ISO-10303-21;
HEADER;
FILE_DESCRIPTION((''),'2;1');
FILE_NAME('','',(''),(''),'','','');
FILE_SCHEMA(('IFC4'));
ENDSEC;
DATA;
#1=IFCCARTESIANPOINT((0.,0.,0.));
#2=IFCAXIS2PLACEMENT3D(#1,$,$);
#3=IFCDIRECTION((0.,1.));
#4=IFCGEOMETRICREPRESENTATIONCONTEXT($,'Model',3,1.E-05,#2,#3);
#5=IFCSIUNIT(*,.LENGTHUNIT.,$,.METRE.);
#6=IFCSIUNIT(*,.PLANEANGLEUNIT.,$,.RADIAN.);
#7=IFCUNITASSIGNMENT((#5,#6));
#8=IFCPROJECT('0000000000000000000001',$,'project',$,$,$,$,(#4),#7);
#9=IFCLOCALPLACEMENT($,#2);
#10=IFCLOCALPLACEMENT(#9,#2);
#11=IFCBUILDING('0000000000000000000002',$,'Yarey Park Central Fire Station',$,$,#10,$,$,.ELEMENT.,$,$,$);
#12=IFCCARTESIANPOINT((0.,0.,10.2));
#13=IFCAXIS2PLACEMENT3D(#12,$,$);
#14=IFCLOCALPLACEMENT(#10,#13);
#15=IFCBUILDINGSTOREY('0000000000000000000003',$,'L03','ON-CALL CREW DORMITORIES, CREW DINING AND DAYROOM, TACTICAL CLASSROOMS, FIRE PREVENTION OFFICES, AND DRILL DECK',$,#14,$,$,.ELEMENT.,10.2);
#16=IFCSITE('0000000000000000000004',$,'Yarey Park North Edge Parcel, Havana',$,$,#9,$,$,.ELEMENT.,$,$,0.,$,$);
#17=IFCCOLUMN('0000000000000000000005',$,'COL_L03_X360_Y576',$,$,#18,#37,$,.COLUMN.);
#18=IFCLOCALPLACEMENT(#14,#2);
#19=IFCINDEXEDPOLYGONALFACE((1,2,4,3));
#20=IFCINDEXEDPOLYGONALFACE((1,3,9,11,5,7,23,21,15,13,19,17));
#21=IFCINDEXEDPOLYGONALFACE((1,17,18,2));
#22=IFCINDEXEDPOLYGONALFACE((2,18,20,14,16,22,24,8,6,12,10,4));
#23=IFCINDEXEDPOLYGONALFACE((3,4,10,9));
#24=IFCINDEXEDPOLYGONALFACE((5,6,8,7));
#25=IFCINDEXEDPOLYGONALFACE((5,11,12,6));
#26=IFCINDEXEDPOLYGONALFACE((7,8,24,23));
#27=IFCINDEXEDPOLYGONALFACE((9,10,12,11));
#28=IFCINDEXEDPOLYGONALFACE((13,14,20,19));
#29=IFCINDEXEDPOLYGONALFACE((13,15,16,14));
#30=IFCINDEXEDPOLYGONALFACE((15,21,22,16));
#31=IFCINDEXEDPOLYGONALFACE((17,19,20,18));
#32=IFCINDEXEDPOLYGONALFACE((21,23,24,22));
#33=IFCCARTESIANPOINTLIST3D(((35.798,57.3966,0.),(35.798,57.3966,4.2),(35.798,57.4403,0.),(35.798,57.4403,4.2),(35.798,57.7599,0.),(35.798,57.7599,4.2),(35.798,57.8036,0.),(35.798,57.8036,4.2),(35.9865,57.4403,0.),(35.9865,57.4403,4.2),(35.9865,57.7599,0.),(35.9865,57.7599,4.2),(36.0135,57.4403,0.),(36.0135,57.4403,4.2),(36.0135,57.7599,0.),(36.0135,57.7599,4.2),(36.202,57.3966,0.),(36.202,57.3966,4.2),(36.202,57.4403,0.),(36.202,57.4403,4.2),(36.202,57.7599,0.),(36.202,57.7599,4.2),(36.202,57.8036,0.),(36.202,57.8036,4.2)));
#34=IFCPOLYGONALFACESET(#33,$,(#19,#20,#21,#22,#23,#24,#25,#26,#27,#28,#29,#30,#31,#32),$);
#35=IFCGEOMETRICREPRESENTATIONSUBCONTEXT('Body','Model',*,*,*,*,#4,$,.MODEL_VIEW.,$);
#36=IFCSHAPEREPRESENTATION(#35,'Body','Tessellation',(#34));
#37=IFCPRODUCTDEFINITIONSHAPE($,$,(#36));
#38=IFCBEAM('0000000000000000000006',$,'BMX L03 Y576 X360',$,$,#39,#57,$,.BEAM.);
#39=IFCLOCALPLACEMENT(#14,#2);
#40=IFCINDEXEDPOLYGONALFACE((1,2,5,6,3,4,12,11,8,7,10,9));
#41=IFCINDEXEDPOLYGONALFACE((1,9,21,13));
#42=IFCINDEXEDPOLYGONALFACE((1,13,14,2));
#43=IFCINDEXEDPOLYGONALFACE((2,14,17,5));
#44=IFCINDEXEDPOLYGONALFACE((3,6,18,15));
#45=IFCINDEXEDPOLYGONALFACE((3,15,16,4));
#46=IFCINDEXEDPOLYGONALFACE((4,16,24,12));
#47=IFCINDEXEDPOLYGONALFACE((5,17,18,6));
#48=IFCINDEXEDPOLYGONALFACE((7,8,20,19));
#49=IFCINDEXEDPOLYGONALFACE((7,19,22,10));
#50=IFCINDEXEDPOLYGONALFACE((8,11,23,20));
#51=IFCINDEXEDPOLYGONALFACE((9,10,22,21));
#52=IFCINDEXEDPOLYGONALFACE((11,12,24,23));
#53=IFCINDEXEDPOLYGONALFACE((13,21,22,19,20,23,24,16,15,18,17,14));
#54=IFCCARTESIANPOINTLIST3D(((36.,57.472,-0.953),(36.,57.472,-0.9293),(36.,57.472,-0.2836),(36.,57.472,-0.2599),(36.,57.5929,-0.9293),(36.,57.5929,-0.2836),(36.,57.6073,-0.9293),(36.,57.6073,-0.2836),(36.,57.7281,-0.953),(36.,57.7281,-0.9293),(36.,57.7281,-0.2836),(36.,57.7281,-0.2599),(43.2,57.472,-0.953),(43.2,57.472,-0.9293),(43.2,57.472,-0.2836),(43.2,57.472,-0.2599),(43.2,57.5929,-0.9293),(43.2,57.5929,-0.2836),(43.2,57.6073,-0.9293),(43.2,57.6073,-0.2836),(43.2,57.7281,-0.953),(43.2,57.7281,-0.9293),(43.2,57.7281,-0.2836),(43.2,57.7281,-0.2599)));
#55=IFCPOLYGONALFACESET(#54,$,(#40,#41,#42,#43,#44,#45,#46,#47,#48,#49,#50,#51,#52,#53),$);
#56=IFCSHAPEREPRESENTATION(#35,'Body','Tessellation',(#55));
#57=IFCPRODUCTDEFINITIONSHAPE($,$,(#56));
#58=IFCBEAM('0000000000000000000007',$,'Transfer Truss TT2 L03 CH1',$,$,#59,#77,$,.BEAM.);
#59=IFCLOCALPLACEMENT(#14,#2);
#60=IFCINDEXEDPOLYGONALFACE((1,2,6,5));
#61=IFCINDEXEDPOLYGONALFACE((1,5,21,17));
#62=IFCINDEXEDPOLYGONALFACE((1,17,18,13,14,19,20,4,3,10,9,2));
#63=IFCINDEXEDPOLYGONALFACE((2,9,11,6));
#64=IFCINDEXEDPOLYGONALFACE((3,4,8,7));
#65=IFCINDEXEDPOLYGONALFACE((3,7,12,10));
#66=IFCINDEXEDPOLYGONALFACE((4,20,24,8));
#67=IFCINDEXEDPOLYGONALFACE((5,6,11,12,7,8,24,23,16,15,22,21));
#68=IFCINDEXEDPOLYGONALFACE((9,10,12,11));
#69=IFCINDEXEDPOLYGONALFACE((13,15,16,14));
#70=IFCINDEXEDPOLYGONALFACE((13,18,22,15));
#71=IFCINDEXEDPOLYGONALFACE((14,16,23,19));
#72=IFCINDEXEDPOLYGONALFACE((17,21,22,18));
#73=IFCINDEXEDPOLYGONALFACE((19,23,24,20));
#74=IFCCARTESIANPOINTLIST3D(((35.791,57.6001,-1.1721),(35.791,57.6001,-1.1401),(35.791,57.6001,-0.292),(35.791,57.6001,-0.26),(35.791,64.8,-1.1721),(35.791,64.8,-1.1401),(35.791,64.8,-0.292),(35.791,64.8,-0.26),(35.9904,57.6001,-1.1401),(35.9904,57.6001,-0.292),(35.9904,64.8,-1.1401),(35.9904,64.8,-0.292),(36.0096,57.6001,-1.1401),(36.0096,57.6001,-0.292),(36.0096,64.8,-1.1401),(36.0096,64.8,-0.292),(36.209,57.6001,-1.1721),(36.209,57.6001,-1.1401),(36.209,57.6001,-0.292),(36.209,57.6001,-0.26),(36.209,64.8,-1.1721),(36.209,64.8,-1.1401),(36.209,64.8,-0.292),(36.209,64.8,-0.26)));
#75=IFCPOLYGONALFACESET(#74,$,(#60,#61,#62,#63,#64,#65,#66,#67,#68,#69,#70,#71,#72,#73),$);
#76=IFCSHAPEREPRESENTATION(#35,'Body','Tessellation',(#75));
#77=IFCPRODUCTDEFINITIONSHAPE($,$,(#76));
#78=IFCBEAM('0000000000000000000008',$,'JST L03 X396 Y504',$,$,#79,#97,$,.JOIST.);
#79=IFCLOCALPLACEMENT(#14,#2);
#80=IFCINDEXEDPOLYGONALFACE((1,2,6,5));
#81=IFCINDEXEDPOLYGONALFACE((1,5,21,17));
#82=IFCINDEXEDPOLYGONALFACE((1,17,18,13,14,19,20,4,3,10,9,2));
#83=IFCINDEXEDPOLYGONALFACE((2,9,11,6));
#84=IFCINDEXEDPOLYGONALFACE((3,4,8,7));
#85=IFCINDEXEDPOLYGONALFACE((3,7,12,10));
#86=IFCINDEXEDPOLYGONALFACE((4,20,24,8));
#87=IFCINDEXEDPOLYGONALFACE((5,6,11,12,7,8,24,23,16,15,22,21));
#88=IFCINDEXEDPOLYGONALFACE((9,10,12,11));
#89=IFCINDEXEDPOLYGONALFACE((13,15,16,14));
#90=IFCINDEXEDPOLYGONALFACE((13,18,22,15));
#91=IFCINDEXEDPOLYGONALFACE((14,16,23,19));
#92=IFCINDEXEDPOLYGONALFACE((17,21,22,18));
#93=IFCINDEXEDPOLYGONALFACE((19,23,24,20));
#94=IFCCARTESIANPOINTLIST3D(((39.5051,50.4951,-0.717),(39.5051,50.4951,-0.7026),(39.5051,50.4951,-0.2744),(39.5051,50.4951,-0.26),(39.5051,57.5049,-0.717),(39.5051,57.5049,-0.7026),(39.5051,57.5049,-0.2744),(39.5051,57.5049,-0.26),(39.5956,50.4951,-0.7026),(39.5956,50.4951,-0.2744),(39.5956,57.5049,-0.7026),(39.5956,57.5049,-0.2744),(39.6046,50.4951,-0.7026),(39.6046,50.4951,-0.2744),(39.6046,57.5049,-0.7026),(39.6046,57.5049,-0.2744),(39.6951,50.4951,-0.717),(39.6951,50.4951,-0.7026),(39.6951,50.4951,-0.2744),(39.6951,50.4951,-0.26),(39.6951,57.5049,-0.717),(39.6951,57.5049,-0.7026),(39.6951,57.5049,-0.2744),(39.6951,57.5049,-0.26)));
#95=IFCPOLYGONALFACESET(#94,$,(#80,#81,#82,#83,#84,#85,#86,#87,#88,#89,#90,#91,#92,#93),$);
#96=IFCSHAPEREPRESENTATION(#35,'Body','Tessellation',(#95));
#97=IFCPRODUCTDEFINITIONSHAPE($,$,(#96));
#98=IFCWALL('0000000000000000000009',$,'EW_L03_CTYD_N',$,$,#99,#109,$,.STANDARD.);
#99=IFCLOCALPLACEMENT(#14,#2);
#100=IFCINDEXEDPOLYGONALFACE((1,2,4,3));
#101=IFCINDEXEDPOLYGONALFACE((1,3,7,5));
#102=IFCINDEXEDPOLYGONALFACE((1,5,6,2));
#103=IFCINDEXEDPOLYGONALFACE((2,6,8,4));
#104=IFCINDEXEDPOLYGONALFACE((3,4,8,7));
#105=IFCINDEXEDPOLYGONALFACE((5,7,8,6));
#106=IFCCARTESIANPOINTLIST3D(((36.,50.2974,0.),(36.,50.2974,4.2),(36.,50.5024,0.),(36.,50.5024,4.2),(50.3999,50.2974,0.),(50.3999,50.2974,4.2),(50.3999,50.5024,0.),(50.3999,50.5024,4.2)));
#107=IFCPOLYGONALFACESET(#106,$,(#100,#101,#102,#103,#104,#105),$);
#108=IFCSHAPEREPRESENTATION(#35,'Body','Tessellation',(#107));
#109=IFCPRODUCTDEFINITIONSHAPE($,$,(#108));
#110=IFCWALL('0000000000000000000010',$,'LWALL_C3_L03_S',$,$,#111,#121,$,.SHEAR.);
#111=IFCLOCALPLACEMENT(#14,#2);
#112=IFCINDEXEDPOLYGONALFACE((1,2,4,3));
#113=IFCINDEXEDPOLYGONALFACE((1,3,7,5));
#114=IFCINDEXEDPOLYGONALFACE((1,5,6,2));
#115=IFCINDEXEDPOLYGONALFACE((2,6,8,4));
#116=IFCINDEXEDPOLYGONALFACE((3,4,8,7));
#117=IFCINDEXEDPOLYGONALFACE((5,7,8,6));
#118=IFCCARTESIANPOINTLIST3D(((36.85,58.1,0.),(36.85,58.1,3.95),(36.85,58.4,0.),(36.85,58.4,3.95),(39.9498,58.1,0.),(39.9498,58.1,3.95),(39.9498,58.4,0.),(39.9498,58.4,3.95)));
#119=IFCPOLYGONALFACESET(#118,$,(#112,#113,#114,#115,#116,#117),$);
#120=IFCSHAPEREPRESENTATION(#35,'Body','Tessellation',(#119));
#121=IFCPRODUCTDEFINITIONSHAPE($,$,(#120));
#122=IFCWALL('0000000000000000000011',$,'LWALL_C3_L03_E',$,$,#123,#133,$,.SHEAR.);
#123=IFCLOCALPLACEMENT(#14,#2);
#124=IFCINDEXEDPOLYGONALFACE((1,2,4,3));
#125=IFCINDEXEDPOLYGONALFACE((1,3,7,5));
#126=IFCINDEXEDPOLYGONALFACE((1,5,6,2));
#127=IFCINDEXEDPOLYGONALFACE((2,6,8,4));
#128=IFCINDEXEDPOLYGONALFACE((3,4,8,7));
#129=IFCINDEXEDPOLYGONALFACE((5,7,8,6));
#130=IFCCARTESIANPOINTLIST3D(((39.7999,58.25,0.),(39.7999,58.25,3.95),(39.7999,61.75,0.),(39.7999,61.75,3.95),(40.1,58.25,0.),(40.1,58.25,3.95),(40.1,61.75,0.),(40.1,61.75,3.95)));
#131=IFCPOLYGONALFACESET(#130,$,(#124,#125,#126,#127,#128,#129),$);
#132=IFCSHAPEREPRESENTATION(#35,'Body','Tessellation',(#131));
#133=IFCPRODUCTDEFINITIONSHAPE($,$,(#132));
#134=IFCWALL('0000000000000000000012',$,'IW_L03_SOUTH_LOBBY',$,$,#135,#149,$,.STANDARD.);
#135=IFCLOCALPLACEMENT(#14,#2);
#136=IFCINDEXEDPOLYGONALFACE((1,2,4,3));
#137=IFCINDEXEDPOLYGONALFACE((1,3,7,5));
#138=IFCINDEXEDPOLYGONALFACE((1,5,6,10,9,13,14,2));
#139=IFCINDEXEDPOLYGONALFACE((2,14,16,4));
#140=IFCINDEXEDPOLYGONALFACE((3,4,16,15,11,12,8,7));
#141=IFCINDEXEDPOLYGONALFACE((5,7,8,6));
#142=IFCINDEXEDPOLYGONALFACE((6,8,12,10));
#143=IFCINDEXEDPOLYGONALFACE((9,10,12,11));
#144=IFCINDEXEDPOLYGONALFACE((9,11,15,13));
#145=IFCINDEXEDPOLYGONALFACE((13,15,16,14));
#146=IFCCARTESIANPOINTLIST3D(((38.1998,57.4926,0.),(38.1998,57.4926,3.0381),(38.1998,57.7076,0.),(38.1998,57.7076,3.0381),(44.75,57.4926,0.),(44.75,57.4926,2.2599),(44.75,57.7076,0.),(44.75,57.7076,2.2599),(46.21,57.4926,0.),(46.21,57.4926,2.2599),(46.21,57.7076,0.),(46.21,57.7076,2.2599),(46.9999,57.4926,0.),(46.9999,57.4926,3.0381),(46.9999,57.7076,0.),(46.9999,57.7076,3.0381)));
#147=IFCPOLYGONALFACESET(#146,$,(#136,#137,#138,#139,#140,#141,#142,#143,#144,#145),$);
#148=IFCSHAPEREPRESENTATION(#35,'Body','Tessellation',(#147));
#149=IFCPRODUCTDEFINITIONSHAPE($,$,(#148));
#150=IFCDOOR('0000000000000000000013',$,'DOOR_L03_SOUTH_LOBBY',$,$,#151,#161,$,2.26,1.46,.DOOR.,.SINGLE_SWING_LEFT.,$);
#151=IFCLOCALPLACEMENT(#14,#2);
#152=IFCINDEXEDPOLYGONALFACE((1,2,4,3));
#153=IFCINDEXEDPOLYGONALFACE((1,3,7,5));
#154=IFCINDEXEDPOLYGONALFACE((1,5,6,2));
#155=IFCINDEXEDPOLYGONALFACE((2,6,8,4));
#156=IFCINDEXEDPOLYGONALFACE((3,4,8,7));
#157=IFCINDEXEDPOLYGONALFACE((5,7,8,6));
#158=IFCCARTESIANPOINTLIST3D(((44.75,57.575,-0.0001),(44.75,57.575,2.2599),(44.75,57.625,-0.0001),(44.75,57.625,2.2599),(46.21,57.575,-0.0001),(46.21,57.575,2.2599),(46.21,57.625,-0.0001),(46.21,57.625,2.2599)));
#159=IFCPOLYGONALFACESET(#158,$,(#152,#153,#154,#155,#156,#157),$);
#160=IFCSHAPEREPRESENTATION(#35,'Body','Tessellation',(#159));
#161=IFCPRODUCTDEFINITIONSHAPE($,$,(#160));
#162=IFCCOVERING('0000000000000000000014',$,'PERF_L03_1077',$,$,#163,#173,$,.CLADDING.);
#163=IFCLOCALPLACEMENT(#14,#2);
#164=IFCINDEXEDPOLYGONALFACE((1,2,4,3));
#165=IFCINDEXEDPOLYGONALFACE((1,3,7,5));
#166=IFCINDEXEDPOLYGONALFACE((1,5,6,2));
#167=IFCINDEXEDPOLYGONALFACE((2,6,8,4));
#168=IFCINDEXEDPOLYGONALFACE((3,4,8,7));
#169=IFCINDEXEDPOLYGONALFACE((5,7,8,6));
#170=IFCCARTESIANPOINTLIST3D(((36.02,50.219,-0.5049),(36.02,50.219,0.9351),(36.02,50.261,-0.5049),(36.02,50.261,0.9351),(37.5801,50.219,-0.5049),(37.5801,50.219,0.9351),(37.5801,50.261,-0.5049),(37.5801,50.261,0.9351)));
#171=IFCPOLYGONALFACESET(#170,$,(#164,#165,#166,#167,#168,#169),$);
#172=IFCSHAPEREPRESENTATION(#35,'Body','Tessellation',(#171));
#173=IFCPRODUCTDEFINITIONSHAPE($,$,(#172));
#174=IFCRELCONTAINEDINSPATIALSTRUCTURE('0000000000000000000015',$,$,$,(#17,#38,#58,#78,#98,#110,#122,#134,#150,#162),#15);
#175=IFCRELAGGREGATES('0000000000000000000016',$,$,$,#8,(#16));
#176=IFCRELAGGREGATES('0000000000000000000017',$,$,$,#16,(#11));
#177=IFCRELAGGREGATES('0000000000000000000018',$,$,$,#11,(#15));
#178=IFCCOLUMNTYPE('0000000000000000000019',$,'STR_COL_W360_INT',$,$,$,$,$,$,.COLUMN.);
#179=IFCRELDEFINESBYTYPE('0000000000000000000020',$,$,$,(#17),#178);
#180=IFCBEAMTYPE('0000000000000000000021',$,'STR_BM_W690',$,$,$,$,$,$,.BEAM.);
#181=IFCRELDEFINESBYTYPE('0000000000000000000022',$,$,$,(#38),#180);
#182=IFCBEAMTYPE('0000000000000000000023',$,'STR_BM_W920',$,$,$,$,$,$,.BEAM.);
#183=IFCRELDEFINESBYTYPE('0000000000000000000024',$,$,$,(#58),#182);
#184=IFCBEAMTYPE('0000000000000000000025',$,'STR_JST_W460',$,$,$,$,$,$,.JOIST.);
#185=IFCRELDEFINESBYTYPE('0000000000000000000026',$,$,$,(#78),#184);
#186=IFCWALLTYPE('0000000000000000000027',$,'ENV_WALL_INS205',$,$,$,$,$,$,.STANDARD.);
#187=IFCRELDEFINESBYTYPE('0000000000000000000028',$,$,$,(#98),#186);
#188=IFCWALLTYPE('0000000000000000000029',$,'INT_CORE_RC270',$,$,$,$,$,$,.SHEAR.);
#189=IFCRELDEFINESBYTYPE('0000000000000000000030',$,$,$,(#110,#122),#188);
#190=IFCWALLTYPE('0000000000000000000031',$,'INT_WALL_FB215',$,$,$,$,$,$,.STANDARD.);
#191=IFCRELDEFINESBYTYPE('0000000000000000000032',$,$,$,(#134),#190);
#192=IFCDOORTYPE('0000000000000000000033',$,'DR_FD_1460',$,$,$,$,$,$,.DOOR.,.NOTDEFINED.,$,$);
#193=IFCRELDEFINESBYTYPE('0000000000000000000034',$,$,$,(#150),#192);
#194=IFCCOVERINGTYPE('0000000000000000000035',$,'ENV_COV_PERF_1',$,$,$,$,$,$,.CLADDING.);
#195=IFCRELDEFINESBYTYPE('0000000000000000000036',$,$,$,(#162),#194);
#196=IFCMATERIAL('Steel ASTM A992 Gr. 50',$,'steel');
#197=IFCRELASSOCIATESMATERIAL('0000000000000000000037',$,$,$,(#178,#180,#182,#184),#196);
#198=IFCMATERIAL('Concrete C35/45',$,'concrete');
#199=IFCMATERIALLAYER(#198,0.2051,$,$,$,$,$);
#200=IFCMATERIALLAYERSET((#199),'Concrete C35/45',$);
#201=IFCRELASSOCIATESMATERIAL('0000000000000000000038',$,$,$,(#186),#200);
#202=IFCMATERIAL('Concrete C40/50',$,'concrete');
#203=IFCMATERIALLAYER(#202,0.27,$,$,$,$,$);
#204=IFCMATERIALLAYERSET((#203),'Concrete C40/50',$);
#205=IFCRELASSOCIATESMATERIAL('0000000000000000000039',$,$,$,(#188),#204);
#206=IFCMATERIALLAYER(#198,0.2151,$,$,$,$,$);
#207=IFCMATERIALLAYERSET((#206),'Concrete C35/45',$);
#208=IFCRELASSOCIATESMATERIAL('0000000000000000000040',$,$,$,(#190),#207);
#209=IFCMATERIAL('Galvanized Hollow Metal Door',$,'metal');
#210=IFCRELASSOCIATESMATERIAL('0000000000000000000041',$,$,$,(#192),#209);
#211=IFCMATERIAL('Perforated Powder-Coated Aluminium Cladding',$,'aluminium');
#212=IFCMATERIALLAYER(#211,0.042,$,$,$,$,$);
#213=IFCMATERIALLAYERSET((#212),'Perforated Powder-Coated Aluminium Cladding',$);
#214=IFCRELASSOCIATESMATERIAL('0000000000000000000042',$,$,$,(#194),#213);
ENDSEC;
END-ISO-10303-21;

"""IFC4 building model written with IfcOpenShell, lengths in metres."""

from ifc_helpers import new_model, si_unit, direction, frame, frame_2d, origin, origin_2d, place, context, subcontext, project, spatial, rectangle, i_section, extrude, material, layer, layer_set, material_profile, profile_set, type_object, element, fill, save


model = new_model("IFC4")

# Units and contexts
model_context = context("Model", 3, precision=1e-05, world=origin(), true_north=direction((0.0, 1.0)))
body_context = subcontext(model_context, "Body", "Model", "MODEL_VIEW")
ifc_project = project(units=[si_unit("LENGTHUNIT", "METRE"), si_unit("PLANEANGLEUNIT", "RADIAN")], contexts=[model_context])

# Site, building, storey
site_placement = place(None, origin())
site = spatial("IfcSite", under=ifc_project, at=site_placement, Name="Yarey Park North Edge Parcel, Havana", CompositionType="ELEMENT", RefElevation=0.0)
building_placement = place(site_placement, origin())
building = spatial("IfcBuilding", under=site, at=building_placement, Name="Yarey Park Central Fire Station", CompositionType="ELEMENT")
storey_placement = place(building_placement, frame((0.0, 0.0, 10.2)))
storey = spatial("IfcBuildingStorey", under=building, at=storey_placement, Name="L03", Description="ON-CALL CREW DORMITORIES, CREW DINING AND DAYROOM, TACTICAL CLASSROOMS, FIRE PREVENTION OFFICES, AND DRILL DECK", CompositionType="ELEMENT", Elevation=10.2)

# Column
ifc_material_1 = material(Name="Steel ASTM A992 Gr. 50", Category="steel")
ifc_material_profile_1 = material_profile(ifc_material_1, i_section(OverallWidth=0.4041, OverallDepth=0.407, WebThickness=0.0271, FlangeThickness=0.0437, at=origin_2d()), Name="W360x347")
ifc_profile_set_1 = profile_set([ifc_material_profile_1], Name="Steel ASTM A992 Gr. 50")
column_type = type_object("IfcColumnType", Name="STR_COL_W360_INT", PredefinedType="COLUMN", material=ifc_profile_set_1)
column_placement = place(storey_placement, frame((36.0, 57.6001, 0.0), z_axis=(0.0, 0.0, 1.0), x_axis=(1.0, 0.0, 0.0)))
element("IfcColumn", 1, at=column_placement, inside=storey, type_object=column_type, Name="COL_L03_X360_Y576", PredefinedType="COLUMN", context=body_context, shape_type="SweptSolid", body=[
    extrude(i_section(OverallWidth=0.4041, OverallDepth=0.407, WebThickness=0.0271, FlangeThickness=0.0437, at=origin_2d()), origin(), (0.0, 0.0, 1.0), 4.2),
])

# Beams
ifc_material_profile_2 = material_profile(ifc_material_1, i_section(OverallWidth=0.2561, OverallDepth=0.6931, WebThickness=0.0144, FlangeThickness=0.0237, at=origin_2d()), Name="W690x170")
ifc_profile_set_2 = profile_set([ifc_material_profile_2], Name="Steel ASTM A992 Gr. 50")
beam_type_1 = type_object("IfcBeamType", Name="STR_BM_W690", PredefinedType="BEAM", material=ifc_profile_set_2)
beam_1_placement = place(storey_placement, frame((36.0, 57.6001, -0.6064), z_axis=(1.0, 0.0, 0.0), x_axis=(0.0, 1.0, 0.0)))
element("IfcBeam", 2, at=beam_1_placement, inside=storey, type_object=beam_type_1, Name="BMX L03 Y576 X360", PredefinedType="BEAM", context=body_context, shape_type="SweptSolid", body=[
    extrude(i_section(OverallWidth=0.2561, OverallDepth=0.6931, WebThickness=0.0144, FlangeThickness=0.0237, at=origin_2d()), origin(), (0.0, 0.0, 1.0), 7.2),
])
ifc_material_profile_3 = material_profile(ifc_material_1, i_section(OverallWidth=0.418, OverallDepth=0.9121, WebThickness=0.0193, FlangeThickness=0.032, at=origin_2d()), Name="W920x342")
ifc_profile_set_3 = profile_set([ifc_material_profile_3], Name="Steel ASTM A992 Gr. 50")
beam_type_2 = type_object("IfcBeamType", Name="STR_BM_W920", PredefinedType="BEAM", material=ifc_profile_set_3)
beam_2_placement = place(storey_placement, frame((36.0, 57.6001, -0.7161), z_axis=(0.0, 1.0, 0.0), x_axis=(-1.0, 0.0, 0.0)))
element("IfcBeam", 3, at=beam_2_placement, inside=storey, type_object=beam_type_2, Name="Transfer Truss TT2 L03 CH1", PredefinedType="BEAM", context=body_context, shape_type="SweptSolid", body=[
    extrude(i_section(OverallWidth=0.418, OverallDepth=0.9121, WebThickness=0.0193, FlangeThickness=0.032, at=origin_2d()), origin(), (0.0, 0.0, 1.0), 7.2),
])
ifc_material_profile_4 = material_profile(ifc_material_1, i_section(OverallWidth=0.1899, OverallDepth=0.457, WebThickness=0.009, FlangeThickness=0.0144, at=origin_2d()), Name="W460x74")
ifc_profile_set_4 = profile_set([ifc_material_profile_4], Name="Steel ASTM A992 Gr. 50")
beam_type_3 = type_object("IfcBeamType", Name="STR_JST_W460", PredefinedType="JOIST", material=ifc_profile_set_4)
beam_3_placement = place(storey_placement, frame((39.6001, 50.4951, -0.4885), z_axis=(0.0, 1.0, 0.0), x_axis=(-1.0, 0.0, 0.0)))
element("IfcBeam", 4, at=beam_3_placement, inside=storey, type_object=beam_type_3, Name="JST L03 X396 Y504", PredefinedType="JOIST", context=body_context, shape_type="SweptSolid", body=[
    extrude(i_section(OverallWidth=0.1899, OverallDepth=0.457, WebThickness=0.009, FlangeThickness=0.0144, at=origin_2d()), origin(), (0.0, 0.0, 1.0), 7.0098),
])

# Walls
ifc_material_2 = material(Name="Concrete C35/45", Category="concrete")
ifc_layer_1 = layer(ifc_material_2, 0.2051)
ifc_layer_set_1 = layer_set([ifc_layer_1], Name="Concrete C35/45")
wall_type_1 = type_object("IfcWallType", Name="ENV_WALL_INS205", PredefinedType="STANDARD", material=ifc_layer_set_1)
wall_1_placement = place(storey_placement, frame((36.0, 50.3999, 0.0), z_axis=(0.0, 0.0, 1.0), x_axis=(1.0, 0.0, 0.0)))
element("IfcWall", 5, at=wall_1_placement, inside=storey, type_object=wall_type_1, Name="EW_L03_CTYD_N", PredefinedType="STANDARD", context=body_context, shape_type="SweptSolid", body=[
    extrude(rectangle(XDim=14.3999, YDim=0.2051, at=frame_2d((7.2, 0.0))), origin(), (0.0, 0.0, 1.0), 4.2),
])
ifc_material_3 = material(Name="Concrete C40/50", Category="concrete")
ifc_layer_2 = layer(ifc_material_3, 0.27)
ifc_layer_set_2 = layer_set([ifc_layer_2], Name="Concrete C40/50")
wall_type_2 = type_object("IfcWallType", Name="INT_CORE_RC270", PredefinedType="SHEAR", material=ifc_layer_set_2)
wall_2_placement = place(storey_placement, frame((36.8501, 58.25, 0.0), z_axis=(0.0, 0.0, 1.0), x_axis=(1.0, 0.0, 0.0)))
element("IfcWall", 6, at=wall_2_placement, inside=storey, type_object=wall_type_2, Name="LWALL_C3_L03_S", PredefinedType="SHEAR", context=body_context, shape_type="SweptSolid", body=[
    extrude(rectangle(XDim=3.0999, YDim=0.3, at=frame_2d((1.5498, 0.0))), origin(), (0.0, 0.0, 1.0), 3.95),
])
wall_3_placement = place(storey_placement, frame((39.95, 58.25, 0.0), z_axis=(0.0, 0.0, 1.0), x_axis=(0.0, 1.0, 0.0)))
element("IfcWall", 7, at=wall_3_placement, inside=storey, type_object=wall_type_2, Name="LWALL_C3_L03_E", PredefinedType="SHEAR", context=body_context, shape_type="SweptSolid", body=[
    extrude(rectangle(XDim=3.5, YDim=0.3, at=frame_2d((1.75, 0.0))), origin(), (0.0, 0.0, 1.0), 3.95),
])

# Wall, opening, door
ifc_layer_3 = layer(ifc_material_2, 0.2151)
ifc_layer_set_3 = layer_set([ifc_layer_3], Name="Concrete C35/45")
wall_type_3 = type_object("IfcWallType", Name="INT_WALL_FB215", PredefinedType="STANDARD", material=ifc_layer_set_3)
wall_4_placement = place(storey_placement, frame((38.2, 57.6001, 0.0), z_axis=(0.0, 0.0, 1.0), x_axis=(1.0, 0.0, 0.0)))
wall_4 = element("IfcWall", 8, at=wall_4_placement, inside=storey, type_object=wall_type_3, Name="IW_L03_SOUTH_LOBBY", PredefinedType="STANDARD", context=body_context, shape_type="SweptSolid", body=[
    extrude(rectangle(XDim=8.8, YDim=0.2151, at=frame_2d((4.3999, 0.0))), origin(), (0.0, 0.0, 1.0), 3.0381),
])
opening_placement = place(wall_4_placement, frame((6.55, 0.0, 0.0)))
opening = element("IfcOpeningElement", 9, at=opening_placement, cuts=wall_4, PredefinedType="OPENING", context=body_context, shape_type="SweptSolid", body=[
    extrude(rectangle(XDim=1.46, YDim=2.26, at=frame_2d((0.73, 1.1299))), frame((0.0, 0.1174, 0.0), z_axis=(0.0, -1.0, 0.0), x_axis=(1.0, 0.0, 0.0)), (0.0, 0.0, 1.0), 0.2351),
])
ifc_material_4 = material(Name="Galvanized Hollow Metal Door", Category="metal")
door_type = type_object("IfcDoorType", Name="DR_FD_1460", OperationType="NOTDEFINED", PredefinedType="DOOR", material=ifc_material_4)
door_placement = place(opening_placement, origin())
door = element("IfcDoor", 10, at=door_placement, inside=storey, type_object=door_type, Name="DOOR_L03_SOUTH_LOBBY", OperationType="SINGLE_SWING_LEFT", OverallHeight=2.26, OverallWidth=1.46, PredefinedType="DOOR", context=body_context, shape_type="SweptSolid", body=[
    extrude(rectangle(XDim=1.46, YDim=2.26, at=frame_2d((0.73, 1.1299))), frame((0.0, 0.0249, 0.0), z_axis=(0.0, -1.0, 0.0), x_axis=(1.0, 0.0, 0.0)), (0.0, 0.0, 1.0), 0.05),
])
fill(opening, door)

# Covering
ifc_material_5 = material(Name="Perforated Powder-Coated Aluminium Cladding", Category="aluminium")
ifc_layer_4 = layer(ifc_material_5, 0.042)
ifc_layer_set_4 = layer_set([ifc_layer_4], Name="Perforated Powder-Coated Aluminium Cladding")
covering_type_1 = type_object("IfcCoveringType", Name="ENV_COV_PERF_1", PredefinedType="CLADDING", material=ifc_layer_set_4)
covering_1_placement = place(storey_placement, frame((36.8, 50.24, -0.5049), z_axis=(0.0, 0.0, 1.0), x_axis=(1.0, 0.0, 0.0)))
element("IfcCovering", 11, at=covering_1_placement, inside=storey, type_object=covering_type_1, Name="PERF_L03_1077", PredefinedType="CLADDING", context=body_context, shape_type="SweptSolid", body=[
    extrude(rectangle(XDim=1.5601, YDim=0.042, at=origin_2d()), origin(), (0.0, 0.0, 1.0), 1.4399),
])

save(model, "model.ifc")
